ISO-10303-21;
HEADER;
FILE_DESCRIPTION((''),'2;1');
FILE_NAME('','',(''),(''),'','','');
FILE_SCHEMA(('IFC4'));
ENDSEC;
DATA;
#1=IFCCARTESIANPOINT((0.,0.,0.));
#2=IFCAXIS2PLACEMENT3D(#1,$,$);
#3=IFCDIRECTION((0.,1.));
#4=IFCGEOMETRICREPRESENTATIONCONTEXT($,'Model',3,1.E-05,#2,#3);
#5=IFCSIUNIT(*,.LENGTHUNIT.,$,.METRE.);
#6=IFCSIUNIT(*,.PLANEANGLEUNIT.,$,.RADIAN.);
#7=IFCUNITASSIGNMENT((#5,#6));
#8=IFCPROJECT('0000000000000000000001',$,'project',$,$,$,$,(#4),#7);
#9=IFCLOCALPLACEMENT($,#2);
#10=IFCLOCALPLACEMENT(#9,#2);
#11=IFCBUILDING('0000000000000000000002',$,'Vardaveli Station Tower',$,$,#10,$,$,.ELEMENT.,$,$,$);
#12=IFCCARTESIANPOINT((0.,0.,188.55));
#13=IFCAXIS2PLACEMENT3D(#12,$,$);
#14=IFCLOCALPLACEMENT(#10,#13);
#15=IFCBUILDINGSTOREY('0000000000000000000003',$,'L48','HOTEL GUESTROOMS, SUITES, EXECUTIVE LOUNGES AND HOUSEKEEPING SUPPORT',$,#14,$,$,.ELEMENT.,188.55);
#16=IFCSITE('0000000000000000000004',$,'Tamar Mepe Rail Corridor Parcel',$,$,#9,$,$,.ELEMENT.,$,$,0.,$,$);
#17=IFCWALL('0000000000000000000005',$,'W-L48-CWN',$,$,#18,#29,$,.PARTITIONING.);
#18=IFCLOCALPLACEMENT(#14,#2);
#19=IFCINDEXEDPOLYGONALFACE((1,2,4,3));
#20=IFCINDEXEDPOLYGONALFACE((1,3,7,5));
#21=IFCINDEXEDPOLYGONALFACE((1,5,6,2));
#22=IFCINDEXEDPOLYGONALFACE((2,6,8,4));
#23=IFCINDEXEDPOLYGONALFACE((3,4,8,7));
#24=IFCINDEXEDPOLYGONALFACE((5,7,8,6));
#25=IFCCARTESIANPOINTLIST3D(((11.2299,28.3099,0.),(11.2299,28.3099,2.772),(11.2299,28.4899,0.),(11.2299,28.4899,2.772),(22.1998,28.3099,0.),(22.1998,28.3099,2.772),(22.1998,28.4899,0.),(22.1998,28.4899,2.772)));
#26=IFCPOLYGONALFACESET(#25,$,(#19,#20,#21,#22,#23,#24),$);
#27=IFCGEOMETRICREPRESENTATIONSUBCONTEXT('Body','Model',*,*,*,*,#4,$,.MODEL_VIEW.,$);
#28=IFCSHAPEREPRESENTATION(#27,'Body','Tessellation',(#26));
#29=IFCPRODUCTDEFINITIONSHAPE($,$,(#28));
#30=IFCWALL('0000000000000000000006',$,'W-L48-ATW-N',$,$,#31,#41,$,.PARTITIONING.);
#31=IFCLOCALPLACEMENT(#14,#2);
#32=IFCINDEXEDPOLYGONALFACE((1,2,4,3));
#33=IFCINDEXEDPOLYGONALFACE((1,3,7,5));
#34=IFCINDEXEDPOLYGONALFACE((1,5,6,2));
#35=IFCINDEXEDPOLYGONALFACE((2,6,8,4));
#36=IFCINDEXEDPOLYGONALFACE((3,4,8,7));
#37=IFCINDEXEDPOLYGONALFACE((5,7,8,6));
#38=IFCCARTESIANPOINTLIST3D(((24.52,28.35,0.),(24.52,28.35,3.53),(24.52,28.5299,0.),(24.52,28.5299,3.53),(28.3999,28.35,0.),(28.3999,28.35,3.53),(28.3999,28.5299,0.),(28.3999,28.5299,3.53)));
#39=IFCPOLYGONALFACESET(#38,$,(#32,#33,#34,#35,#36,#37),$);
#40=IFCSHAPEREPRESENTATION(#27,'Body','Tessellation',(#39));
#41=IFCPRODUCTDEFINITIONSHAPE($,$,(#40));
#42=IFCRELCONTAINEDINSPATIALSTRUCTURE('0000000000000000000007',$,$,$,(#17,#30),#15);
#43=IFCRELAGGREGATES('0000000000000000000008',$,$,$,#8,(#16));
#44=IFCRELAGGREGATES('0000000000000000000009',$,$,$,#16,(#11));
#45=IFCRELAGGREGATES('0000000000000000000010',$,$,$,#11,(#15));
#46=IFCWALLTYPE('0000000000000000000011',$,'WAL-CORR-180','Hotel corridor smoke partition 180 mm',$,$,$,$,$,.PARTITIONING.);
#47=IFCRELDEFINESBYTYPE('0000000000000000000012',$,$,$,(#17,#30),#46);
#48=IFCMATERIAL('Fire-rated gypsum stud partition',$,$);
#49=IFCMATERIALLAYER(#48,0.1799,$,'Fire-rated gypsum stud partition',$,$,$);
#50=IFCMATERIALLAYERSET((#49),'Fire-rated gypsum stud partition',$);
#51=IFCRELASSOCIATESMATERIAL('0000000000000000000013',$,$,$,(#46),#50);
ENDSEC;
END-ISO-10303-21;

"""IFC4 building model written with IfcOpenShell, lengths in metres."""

from ifc_helpers import new_model, si_unit, direction, frame, frame_2d, origin, place, context, subcontext, project, spatial, rectangle, extrude, source, transform, mapped, material, layer, layer_set, type_object, element, save


model = new_model("IFC4")

# Units and contexts
model_context = context("Model", 3, precision=1e-05, world=origin(), true_north=direction((0.0, 1.0)))
body_context = subcontext(model_context, "Body", "Model", "MODEL_VIEW")
ifc_project = project(units=[si_unit("LENGTHUNIT", "METRE"), si_unit("PLANEANGLEUNIT", "RADIAN")], contexts=[model_context])

# Site, building, storey
site_placement = place(None, origin())
site = spatial("IfcSite", under=ifc_project, at=site_placement, Name="Tamar Mepe Rail Corridor Parcel", CompositionType="ELEMENT", RefElevation=0.0)
building_placement = place(site_placement, origin())
building = spatial("IfcBuilding", under=site, at=building_placement, Name="Vardaveli Station Tower", CompositionType="ELEMENT")
storey_placement = place(building_placement, frame((0.0, 0.0, 188.55)))
storey = spatial("IfcBuildingStorey", under=building, at=storey_placement, Name="L48", Description="HOTEL GUESTROOMS, SUITES, EXECUTIVE LOUNGES AND HOUSEKEEPING SUPPORT", CompositionType="ELEMENT", Elevation=188.55)

# Shared definitions
ifc_material_1 = material(Name="Fire-rated gypsum stud partition")
ifc_layer_1 = layer(ifc_material_1, 0.1799, Name="Fire-rated gypsum stud partition")
ifc_layer_set_1 = layer_set([ifc_layer_1], Name="Fire-rated gypsum stud partition")
wall_type = type_object("IfcWallType", Name="WAL-CORR-180", Description="Hotel corridor smoke partition 180 mm", PredefinedType="PARTITIONING", material=ifc_layer_set_1)

# Walls
shared_shape_1 = source(origin(), body_context, "Body", "SweptSolid", [
    extrude(rectangle(XDim=10.97, YDim=0.1799, at=frame_2d((5.4849, 0.0))), origin(), (0.0, 0.0, 1.0), 2.772),
])
wall_1_placement = place(storey_placement, frame((11.23, 28.3999, 0.0), z_axis=(0.0, 0.0, 1.0), x_axis=(1.0, 0.0, 0.0)))
element("IfcWall", 1, at=wall_1_placement, inside=storey, type_object=wall_type, Name="W-L48-CWN", PredefinedType="PARTITIONING", context=body_context, shape_type="MappedRepresentation", body=[
    mapped(shared_shape_1, transform((0.0, 0.0, 0.0), scale=1.0)),
])
shared_shape_2 = source(origin(), body_context, "Body", "SweptSolid", [
    extrude(rectangle(XDim=3.8799, YDim=0.1799, at=frame_2d((1.9399, 0.0))), origin(), (0.0, 0.0, 1.0), 3.53),
])
wall_2_placement = place(storey_placement, frame((24.52, 28.4399, 0.0), z_axis=(0.0, 0.0, 1.0), x_axis=(1.0, 0.0, 0.0)))
element("IfcWall", 2, at=wall_2_placement, inside=storey, type_object=wall_type, Name="W-L48-ATW-N", PredefinedType="PARTITIONING", context=body_context, shape_type="MappedRepresentation", body=[
    mapped(shared_shape_2, transform((0.0, 0.0, 0.0), scale=1.0)),
])

save(model, "model.ifc")
